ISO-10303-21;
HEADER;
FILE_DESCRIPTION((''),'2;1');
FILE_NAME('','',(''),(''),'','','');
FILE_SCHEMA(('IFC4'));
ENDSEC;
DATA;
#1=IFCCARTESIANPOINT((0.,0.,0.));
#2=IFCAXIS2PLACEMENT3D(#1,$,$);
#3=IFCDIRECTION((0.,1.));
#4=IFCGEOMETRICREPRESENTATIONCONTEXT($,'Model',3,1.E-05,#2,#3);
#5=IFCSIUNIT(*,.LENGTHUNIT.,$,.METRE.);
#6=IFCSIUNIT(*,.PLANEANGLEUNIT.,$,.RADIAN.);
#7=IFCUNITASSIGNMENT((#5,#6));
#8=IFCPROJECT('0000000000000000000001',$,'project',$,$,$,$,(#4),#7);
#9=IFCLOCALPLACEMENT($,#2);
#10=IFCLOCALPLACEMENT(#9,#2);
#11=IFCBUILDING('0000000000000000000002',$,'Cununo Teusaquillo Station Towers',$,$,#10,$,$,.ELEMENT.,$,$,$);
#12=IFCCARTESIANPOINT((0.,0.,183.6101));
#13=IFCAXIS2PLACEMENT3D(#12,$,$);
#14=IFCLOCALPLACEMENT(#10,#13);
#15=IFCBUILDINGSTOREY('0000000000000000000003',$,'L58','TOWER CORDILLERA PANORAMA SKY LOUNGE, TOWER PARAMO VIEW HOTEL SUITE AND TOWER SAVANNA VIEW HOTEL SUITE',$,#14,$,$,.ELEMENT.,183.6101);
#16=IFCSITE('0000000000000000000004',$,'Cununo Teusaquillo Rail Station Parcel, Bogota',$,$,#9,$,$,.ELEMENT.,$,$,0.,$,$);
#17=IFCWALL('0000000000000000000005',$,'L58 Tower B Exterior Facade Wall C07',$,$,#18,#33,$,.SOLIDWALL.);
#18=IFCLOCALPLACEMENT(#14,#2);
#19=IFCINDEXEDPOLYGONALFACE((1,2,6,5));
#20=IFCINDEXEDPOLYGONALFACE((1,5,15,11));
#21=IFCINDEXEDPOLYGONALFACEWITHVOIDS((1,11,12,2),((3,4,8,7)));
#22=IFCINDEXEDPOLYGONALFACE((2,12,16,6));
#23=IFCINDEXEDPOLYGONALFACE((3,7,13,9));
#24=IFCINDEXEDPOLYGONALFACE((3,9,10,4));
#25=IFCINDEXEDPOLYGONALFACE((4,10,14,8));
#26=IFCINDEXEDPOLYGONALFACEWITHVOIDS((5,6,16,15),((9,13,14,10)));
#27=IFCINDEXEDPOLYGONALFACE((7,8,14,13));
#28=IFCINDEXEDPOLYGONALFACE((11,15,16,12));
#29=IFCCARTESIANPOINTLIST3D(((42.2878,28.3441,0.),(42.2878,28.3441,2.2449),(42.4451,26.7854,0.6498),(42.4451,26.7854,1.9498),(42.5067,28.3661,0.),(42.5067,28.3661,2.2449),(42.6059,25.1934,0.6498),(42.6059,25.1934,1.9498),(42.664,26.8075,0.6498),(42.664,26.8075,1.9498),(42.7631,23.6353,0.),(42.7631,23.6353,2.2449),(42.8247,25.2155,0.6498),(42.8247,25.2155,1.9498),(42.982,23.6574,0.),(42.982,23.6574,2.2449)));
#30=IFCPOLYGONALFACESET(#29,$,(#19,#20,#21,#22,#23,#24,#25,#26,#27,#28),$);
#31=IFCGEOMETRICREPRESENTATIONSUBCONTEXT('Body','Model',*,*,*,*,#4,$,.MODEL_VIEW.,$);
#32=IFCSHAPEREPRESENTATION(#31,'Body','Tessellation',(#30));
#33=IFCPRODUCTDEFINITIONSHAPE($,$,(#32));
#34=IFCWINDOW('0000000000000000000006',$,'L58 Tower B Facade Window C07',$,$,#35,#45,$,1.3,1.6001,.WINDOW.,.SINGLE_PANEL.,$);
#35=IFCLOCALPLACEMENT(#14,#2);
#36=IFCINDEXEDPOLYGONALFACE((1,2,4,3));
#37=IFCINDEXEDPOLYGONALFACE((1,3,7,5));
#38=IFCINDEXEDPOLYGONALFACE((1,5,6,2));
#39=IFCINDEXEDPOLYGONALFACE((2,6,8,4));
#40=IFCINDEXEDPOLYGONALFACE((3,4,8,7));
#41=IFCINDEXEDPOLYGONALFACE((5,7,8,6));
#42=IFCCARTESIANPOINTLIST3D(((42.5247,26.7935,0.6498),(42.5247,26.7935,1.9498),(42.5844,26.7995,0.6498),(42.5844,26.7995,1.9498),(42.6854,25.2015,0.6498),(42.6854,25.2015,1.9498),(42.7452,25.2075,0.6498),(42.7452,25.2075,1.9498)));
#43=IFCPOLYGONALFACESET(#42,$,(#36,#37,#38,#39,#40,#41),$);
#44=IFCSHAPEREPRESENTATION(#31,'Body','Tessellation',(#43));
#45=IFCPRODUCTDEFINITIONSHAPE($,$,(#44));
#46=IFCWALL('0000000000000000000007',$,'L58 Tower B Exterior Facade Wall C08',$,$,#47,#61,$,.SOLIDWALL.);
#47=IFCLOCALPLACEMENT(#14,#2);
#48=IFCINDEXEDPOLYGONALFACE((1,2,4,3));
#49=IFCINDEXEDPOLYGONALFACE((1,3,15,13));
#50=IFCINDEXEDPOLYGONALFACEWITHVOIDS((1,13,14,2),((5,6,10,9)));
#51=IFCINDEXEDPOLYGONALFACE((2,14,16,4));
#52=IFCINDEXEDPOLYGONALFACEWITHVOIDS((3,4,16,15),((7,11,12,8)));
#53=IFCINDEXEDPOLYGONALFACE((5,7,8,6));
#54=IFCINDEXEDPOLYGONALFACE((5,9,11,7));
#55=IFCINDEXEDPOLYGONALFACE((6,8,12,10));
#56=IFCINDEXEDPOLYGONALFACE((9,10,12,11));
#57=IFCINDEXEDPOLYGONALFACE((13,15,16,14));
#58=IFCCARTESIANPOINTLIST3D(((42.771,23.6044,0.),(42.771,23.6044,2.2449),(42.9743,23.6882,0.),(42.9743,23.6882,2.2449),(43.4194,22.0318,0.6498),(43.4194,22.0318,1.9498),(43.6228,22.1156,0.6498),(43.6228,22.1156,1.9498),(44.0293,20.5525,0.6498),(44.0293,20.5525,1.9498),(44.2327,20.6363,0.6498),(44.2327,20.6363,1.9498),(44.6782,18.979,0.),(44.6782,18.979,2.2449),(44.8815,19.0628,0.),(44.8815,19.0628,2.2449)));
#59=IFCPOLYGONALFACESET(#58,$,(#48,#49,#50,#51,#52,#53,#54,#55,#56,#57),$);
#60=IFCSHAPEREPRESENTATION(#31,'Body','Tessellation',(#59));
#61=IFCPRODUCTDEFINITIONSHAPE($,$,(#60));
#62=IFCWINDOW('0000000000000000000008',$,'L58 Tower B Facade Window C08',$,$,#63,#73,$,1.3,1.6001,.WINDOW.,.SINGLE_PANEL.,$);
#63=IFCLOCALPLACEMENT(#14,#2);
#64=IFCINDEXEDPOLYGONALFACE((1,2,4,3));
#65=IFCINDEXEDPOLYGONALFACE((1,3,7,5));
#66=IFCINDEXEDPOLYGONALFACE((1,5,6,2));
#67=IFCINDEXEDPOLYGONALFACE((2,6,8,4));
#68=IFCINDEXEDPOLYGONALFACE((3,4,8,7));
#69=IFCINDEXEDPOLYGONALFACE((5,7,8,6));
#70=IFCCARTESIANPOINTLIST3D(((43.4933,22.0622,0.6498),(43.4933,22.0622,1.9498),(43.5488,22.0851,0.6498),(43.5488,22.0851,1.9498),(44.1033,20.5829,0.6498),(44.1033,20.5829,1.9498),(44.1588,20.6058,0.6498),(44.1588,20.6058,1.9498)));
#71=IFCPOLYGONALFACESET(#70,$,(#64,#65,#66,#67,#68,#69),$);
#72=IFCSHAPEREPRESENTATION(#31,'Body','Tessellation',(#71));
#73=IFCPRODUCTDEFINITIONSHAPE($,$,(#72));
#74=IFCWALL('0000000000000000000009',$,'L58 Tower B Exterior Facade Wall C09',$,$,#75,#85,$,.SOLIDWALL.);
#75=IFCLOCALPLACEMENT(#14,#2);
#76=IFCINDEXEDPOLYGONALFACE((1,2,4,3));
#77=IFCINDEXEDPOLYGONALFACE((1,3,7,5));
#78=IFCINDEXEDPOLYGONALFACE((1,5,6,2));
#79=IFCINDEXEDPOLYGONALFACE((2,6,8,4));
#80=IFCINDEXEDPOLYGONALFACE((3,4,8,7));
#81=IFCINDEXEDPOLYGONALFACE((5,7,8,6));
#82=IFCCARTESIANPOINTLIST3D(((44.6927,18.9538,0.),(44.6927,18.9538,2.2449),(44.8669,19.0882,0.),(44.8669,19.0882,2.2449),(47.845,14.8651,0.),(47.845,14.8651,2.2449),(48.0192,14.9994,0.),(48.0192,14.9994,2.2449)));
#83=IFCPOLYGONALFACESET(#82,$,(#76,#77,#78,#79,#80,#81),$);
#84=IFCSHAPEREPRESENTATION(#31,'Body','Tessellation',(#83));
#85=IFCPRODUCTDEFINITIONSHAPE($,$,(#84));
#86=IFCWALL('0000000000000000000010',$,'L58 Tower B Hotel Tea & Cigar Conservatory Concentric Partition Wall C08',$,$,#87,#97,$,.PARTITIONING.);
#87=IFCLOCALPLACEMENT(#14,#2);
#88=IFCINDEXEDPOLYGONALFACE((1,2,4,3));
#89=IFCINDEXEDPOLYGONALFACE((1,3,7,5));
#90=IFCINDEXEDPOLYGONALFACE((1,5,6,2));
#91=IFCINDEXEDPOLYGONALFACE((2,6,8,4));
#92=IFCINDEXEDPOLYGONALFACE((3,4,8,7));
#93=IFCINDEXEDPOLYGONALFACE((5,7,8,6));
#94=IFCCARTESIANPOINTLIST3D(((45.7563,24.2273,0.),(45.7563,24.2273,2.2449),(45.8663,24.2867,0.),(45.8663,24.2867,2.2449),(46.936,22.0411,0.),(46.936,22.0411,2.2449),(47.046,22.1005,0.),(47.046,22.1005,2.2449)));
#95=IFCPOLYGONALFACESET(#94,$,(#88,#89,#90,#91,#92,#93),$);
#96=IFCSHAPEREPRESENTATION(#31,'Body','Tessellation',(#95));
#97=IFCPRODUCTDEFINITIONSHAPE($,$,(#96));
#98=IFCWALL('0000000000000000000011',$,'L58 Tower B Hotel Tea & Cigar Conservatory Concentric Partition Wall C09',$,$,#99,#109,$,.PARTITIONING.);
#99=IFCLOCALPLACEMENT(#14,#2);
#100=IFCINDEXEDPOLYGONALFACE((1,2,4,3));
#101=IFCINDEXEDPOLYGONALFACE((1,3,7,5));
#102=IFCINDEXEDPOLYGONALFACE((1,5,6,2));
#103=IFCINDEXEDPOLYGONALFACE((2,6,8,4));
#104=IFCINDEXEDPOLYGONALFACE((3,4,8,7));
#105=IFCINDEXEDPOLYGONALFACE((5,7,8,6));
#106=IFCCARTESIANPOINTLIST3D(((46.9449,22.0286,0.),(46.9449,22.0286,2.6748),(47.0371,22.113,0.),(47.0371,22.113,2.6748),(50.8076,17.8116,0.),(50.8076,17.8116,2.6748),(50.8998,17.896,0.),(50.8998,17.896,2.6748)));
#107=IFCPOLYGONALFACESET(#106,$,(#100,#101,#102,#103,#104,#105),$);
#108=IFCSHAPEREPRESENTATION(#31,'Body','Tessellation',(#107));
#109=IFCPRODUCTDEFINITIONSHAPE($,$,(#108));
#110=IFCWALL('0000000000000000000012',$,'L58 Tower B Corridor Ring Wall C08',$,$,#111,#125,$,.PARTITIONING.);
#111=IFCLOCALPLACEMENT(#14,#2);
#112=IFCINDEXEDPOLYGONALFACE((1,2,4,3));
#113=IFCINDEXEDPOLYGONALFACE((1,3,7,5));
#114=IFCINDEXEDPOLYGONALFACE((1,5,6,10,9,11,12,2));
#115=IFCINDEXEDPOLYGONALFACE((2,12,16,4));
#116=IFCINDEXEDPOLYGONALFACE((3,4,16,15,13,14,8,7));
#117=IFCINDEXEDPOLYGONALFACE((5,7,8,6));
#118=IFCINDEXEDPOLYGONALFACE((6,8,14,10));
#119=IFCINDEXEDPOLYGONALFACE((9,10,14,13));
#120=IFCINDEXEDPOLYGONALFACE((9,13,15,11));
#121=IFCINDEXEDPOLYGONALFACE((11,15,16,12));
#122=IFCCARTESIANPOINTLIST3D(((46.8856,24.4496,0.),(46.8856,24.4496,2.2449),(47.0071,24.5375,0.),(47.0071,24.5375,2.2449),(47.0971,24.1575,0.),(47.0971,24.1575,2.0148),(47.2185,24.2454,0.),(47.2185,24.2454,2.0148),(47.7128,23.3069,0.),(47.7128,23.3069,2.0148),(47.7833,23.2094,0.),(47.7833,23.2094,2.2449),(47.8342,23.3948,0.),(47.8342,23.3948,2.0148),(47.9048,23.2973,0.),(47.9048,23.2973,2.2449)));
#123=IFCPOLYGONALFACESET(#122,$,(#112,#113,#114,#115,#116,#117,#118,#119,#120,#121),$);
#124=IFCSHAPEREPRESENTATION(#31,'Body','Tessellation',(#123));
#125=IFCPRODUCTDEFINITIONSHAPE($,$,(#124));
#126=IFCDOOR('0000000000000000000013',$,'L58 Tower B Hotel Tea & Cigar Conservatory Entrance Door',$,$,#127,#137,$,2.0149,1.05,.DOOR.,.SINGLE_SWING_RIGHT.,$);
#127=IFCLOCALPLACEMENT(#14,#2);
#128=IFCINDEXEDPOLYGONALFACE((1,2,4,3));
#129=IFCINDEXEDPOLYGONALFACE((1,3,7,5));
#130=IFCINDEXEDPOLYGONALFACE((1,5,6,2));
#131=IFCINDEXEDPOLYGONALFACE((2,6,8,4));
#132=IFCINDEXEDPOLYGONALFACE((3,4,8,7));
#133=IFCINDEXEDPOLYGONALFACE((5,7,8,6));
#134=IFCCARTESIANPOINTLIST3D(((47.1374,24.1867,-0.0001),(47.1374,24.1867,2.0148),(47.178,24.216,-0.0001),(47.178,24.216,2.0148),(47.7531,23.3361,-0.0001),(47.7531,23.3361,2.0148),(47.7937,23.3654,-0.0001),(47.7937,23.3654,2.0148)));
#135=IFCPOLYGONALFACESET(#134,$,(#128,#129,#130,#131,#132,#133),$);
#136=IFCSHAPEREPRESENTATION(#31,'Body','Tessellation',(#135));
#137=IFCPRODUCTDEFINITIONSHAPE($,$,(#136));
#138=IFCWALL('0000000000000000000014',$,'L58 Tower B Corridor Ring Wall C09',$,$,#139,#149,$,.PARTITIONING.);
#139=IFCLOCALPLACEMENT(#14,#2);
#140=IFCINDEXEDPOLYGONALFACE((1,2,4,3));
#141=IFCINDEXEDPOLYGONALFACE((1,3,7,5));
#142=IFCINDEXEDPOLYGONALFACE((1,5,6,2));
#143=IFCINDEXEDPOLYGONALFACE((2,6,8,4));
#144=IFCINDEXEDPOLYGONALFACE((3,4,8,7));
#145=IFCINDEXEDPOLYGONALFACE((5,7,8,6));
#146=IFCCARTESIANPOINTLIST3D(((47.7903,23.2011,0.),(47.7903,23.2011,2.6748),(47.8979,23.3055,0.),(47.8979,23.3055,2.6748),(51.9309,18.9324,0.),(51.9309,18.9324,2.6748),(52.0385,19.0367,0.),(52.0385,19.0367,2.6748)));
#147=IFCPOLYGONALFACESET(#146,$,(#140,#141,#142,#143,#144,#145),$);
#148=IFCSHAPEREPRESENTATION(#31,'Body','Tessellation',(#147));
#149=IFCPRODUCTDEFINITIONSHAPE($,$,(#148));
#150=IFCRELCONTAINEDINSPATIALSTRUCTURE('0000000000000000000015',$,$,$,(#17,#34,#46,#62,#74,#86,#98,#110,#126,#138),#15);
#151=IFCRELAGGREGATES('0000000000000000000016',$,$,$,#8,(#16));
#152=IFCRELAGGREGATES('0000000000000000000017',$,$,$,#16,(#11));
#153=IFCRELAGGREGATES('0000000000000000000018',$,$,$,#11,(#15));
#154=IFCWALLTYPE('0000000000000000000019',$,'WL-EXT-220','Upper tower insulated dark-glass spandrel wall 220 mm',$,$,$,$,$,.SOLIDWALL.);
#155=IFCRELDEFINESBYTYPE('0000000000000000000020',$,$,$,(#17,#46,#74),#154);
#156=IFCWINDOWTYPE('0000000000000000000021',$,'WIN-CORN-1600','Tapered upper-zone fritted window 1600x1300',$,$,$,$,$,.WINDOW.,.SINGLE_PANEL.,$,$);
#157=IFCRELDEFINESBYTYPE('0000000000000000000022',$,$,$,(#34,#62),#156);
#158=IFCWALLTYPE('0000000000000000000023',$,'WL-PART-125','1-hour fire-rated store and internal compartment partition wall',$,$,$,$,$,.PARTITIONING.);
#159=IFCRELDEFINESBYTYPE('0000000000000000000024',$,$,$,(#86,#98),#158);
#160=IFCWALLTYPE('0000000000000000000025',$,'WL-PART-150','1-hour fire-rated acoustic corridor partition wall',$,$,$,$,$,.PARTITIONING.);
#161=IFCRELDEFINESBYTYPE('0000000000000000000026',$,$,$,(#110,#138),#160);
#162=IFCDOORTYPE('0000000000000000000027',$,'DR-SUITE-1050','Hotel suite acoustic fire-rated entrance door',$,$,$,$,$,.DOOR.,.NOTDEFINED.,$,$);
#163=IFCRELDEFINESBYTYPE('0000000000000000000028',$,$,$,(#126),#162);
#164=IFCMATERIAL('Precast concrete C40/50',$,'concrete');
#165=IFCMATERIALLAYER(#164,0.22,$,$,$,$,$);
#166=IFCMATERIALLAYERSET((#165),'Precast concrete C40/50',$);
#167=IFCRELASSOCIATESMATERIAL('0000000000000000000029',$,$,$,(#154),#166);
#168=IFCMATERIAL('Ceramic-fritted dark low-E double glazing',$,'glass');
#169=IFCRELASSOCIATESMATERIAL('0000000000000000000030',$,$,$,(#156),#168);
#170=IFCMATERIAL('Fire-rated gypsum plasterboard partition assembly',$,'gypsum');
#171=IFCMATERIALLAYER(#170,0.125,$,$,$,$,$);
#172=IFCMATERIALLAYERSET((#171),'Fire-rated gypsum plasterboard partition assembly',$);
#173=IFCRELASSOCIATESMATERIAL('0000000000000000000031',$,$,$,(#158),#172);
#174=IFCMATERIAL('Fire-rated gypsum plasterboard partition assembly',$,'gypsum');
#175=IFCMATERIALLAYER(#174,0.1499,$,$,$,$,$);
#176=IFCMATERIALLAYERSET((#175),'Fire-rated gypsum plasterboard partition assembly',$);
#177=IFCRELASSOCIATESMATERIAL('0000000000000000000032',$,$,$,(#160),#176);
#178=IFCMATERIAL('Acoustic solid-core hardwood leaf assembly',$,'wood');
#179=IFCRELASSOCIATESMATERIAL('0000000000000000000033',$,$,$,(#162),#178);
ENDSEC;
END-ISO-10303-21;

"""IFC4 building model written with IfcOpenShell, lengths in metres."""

from ifc_helpers import new_model, si_unit, direction, frame, frame_2d, origin, place, context, subcontext, project, spatial, rectangle, extrude, source, transform, mapped, material, layer, layer_set, type_object, element, fill, save


model = new_model("IFC4")

# Units and contexts
model_context = context("Model", 3, precision=1e-05, world=origin(), true_north=direction((0.0, 1.0)))
body_context = subcontext(model_context, "Body", "Model", "MODEL_VIEW")
ifc_project = project(units=[si_unit("LENGTHUNIT", "METRE"), si_unit("PLANEANGLEUNIT", "RADIAN")], contexts=[model_context])

# Site, building, storey
site_placement = place(None, origin())
site = spatial("IfcSite", under=ifc_project, at=site_placement, Name="Cununo Teusaquillo Rail Station Parcel, Bogota", CompositionType="ELEMENT", RefElevation=0.0)
building_placement = place(site_placement, origin())
building = spatial("IfcBuilding", under=site, at=building_placement, Name="Cununo Teusaquillo Station Towers", CompositionType="ELEMENT")
storey_placement = place(building_placement, frame((0.0, 0.0, 183.6101)))
storey = spatial("IfcBuildingStorey", under=building, at=storey_placement, Name="L58", Description="TOWER CORDILLERA PANORAMA SKY LOUNGE, TOWER PARAMO VIEW HOTEL SUITE AND TOWER SAVANNA VIEW HOTEL SUITE", CompositionType="ELEMENT", Elevation=183.6101)

# Shared definitions
ifc_material_1 = material(Name="Precast concrete C40/50", Category="concrete")
ifc_layer_1 = layer(ifc_material_1, 0.22)
ifc_layer_set_1 = layer_set([ifc_layer_1], Name="Precast concrete C40/50")
wall_type_1 = type_object("IfcWallType", Name="WL-EXT-220", Description="Upper tower insulated dark-glass spandrel wall 220 mm", PredefinedType="SOLIDWALL", material=ifc_layer_set_1)

# Walls, openings, windows
shared_shape_1 = source(origin(), body_context, "Body", "SweptSolid", [
    extrude(rectangle(XDim=1.6001, YDim=1.3, at=frame_2d((0.8, 0.6499))), frame((0.0, 0.1199, 0.0), z_axis=(0.0, -1.0, 0.0), x_axis=(1.0, 0.0, 0.0)), (0.0, 0.0, 1.0), 0.24),
])
ifc_material_2 = material(Name="Ceramic-fritted dark low-E double glazing", Category="glass")
window_type = type_object("IfcWindowType", Name="WIN-CORN-1600", Description="Tapered upper-zone fritted window 1600x1300", PartitioningType="SINGLE_PANEL", PredefinedType="WINDOW", material=ifc_material_2)
shared_shape_2 = source(origin(), body_context, "Body", "SweptSolid", [
    extrude(rectangle(XDim=1.6001, YDim=1.3, at=frame_2d((0.8, 0.6499))), frame((0.0, 0.03, 0.0), z_axis=(0.0, -1.0, 0.0), x_axis=(1.0, 0.0, 0.0)), (0.0, 0.0, 1.0), 0.0601),
])
wall_1_placement = place(storey_placement, frame((42.8726, 23.6465, 0.0), z_axis=(0.0, 0.0, 1.0), x_axis=(-0.100438, 0.994943, 0.0)))
wall_1 = element("IfcWall", 1, at=wall_1_placement, inside=storey, type_object=wall_type_1, Name="L58 Tower B Exterior Facade Wall C07", PredefinedType="SOLIDWALL", context=body_context, shape_type="SweptSolid", body=[
    extrude(rectangle(XDim=4.7327, YDim=0.22, at=frame_2d((2.3662, 0.0))), origin(), (0.0, 0.0, 1.0), 2.2449),
])
opening_1_placement = place(wall_1_placement, frame((1.5659, 0.0, 0.6499)))
opening_1 = element("IfcOpeningElement", 2, at=opening_1_placement, cuts=wall_1, PredefinedType="OPENING", context=body_context, shape_type="MappedRepresentation", body=[
    mapped(shared_shape_1, transform((0.0, 0.0, 0.0), x_axis=(1.0, 0.0, 0.0), y_axis=(0.0, 1.0, 0.0), z_axis=(0.0, 0.0, 1.0), scale=1.0)),
])
window_1_placement = place(opening_1_placement, origin())
window_1 = element("IfcWindow", 3, at=window_1_placement, inside=storey, type_object=window_type, Name="L58 Tower B Facade Window C07", OverallHeight=1.3, OverallWidth=1.6001, PartitioningType="SINGLE_PANEL", PredefinedType="WINDOW", context=body_context, shape_type="MappedRepresentation", body=[
    mapped(shared_shape_2, transform((0.0, 0.0, 0.0), x_axis=(1.0, 0.0, 0.0), y_axis=(0.0, 1.0, 0.0), z_axis=(0.0, 0.0, 1.0), scale=1.0)),
])
fill(opening_1, window_1)
wall_2_placement = place(storey_placement, frame((44.7798, 19.021, 0.0), z_axis=(0.0, 0.0, 1.0), x_axis=(-0.381196, 0.924494, 0.0)))
wall_2 = element("IfcWall", 4, at=wall_2_placement, inside=storey, type_object=wall_type_1, Name="L58 Tower B Exterior Facade Wall C08", PredefinedType="SOLIDWALL", context=body_context, shape_type="SweptSolid", body=[
    extrude(rectangle(XDim=5.0032, YDim=0.22, at=frame_2d((2.5015, 0.0))), origin(), (0.0, 0.0, 1.0), 2.2449),
])
opening_2_placement = place(wall_2_placement, frame((1.7019, 0.0, 0.6499)))
opening_2 = element("IfcOpeningElement", 5, at=opening_2_placement, cuts=wall_2, PredefinedType="OPENING", context=body_context, shape_type="MappedRepresentation", body=[
    mapped(shared_shape_1, transform((0.0, 0.0, 0.0), x_axis=(1.0, 0.0, 0.0), y_axis=(0.0, 1.0, 0.0), z_axis=(0.0, 0.0, 1.0), scale=1.0)),
])
window_2_placement = place(opening_2_placement, origin())
window_2 = element("IfcWindow", 6, at=window_2_placement, inside=storey, type_object=window_type, Name="L58 Tower B Facade Window C08", OverallHeight=1.3, OverallWidth=1.6001, PartitioningType="SINGLE_PANEL", PredefinedType="WINDOW", context=body_context, shape_type="MappedRepresentation", body=[
    mapped(shared_shape_2, transform((0.0, 0.0, 0.0), x_axis=(1.0, 0.0, 0.0), y_axis=(0.0, 1.0, 0.0), z_axis=(0.0, 0.0, 1.0), scale=1.0)),
])
fill(opening_2, window_2)

# Walls
wall_3_placement = place(storey_placement, frame((47.9321, 14.9321, 0.0), z_axis=(0.0, 0.0, 1.0), x_axis=(-0.61057, 0.791963, 0.0)))
element("IfcWall", 7, at=wall_3_placement, inside=storey, type_object=wall_type_1, Name="L58 Tower B Exterior Facade Wall C09", PredefinedType="SOLIDWALL", context=body_context, shape_type="SweptSolid", body=[
    extrude(rectangle(XDim=5.1628, YDim=0.22, at=frame_2d((2.5815, 0.0))), origin(), (0.0, 0.0, 1.0), 2.2449),
])
ifc_material_3 = material(Name="Fire-rated gypsum plasterboard partition assembly", Category="gypsum")
ifc_layer_2 = layer(ifc_material_3, 0.125)
ifc_layer_set_2 = layer_set([ifc_layer_2], Name="Fire-rated gypsum plasterboard partition assembly")
wall_type_2 = type_object("IfcWallType", Name="WL-PART-125", Description="1-hour fire-rated store and internal compartment partition wall", PredefinedType="PARTITIONING", material=ifc_layer_set_2)
wall_4_placement = place(storey_placement, frame((45.8113, 24.2571, 0.0), z_axis=(0.0, 0.0, 1.0), x_axis=(0.474867, -0.880057, 0.0)))
element("IfcWall", 8, at=wall_4_placement, inside=storey, type_object=wall_type_2, Name="L58 Tower B Hotel Tea & Cigar Conservatory Concentric Partition Wall C08", PredefinedType="PARTITIONING", context=body_context, shape_type="SweptSolid", body=[
    extrude(rectangle(XDim=2.4841, YDim=0.125, at=frame_2d((1.2422, 0.0))), origin(), (0.0, 0.0, 1.0), 2.2449),
])
wall_5_placement = place(storey_placement, frame((46.991, 22.0708, 0.0), z_axis=(0.0, 0.0, 1.0), x_axis=(0.675456, -0.7374, 0.0)))
element("IfcWall", 9, at=wall_5_placement, inside=storey, type_object=wall_type_2, Name="L58 Tower B Hotel Tea & Cigar Conservatory Concentric Partition Wall C09", PredefinedType="PARTITIONING", context=body_context, shape_type="SweptSolid", body=[
    extrude(rectangle(XDim=5.7188, YDim=0.125, at=frame_2d((2.8594, 0.0))), origin(), (0.0, 0.0, 1.0), 2.6748),
])

# Wall, opening, door
ifc_material_4 = material(Name="Fire-rated gypsum plasterboard partition assembly", Category="gypsum")
ifc_layer_3 = layer(ifc_material_4, 0.1499)
ifc_layer_set_3 = layer_set([ifc_layer_3], Name="Fire-rated gypsum plasterboard partition assembly")
wall_type_3 = type_object("IfcWallType", Name="WL-PART-150", Description="1-hour fire-rated acoustic corridor partition wall", PredefinedType="PARTITIONING", material=ifc_layer_set_3)
wall_6_placement = place(storey_placement, frame((46.9463, 24.4937, 0.0), z_axis=(0.0, 0.0, 1.0), x_axis=(0.58634, -0.810065, 0.0)))
wall_6 = element("IfcWall", 10, at=wall_6_placement, inside=storey, type_object=wall_type_3, Name="L58 Tower B Corridor Ring Wall C08", PredefinedType="PARTITIONING", context=body_context, shape_type="SweptSolid", body=[
    extrude(rectangle(XDim=1.531, YDim=0.1499, at=frame_2d((0.7656, 0.0))), origin(), (0.0, 0.0, 1.0), 2.2449),
])
shared_shape_3 = source(origin(), body_context, "Body", "SweptSolid", [
    extrude(rectangle(XDim=1.05, YDim=2.0149, at=frame_2d((0.5249, 1.0073))), frame((0.0, 0.085, 0.0), z_axis=(0.0, -1.0, 0.0), x_axis=(1.0, 0.0, 0.0)), (0.0, 0.0, 1.0), 0.1699),
])
opening_3_placement = place(wall_6_placement, frame((0.3608, 0.0, 0.0)))
opening_3 = element("IfcOpeningElement", 11, at=opening_3_placement, cuts=wall_6, PredefinedType="OPENING", context=body_context, shape_type="MappedRepresentation", body=[
    mapped(shared_shape_3, transform((0.0, 0.0, 0.0), x_axis=(1.0, 0.0, 0.0), y_axis=(0.0, 1.0, 0.0), z_axis=(0.0, 0.0, 1.0), scale=1.0)),
])
ifc_material_5 = material(Name="Acoustic solid-core hardwood leaf assembly", Category="wood")
door_type_1 = type_object("IfcDoorType", Name="DR-SUITE-1050", Description="Hotel suite acoustic fire-rated entrance door", OperationType="NOTDEFINED", PredefinedType="DOOR", material=ifc_material_5)
shared_shape_4 = source(origin(), body_context, "Body", "SweptSolid", [
    extrude(rectangle(XDim=1.05, YDim=2.0149, at=frame_2d((0.5249, 1.0073))), frame((0.0, 0.0249, 0.0), z_axis=(0.0, -1.0, 0.0), x_axis=(1.0, 0.0, 0.0)), (0.0, 0.0, 1.0), 0.05),
])
door_1_placement = place(opening_3_placement, origin())
door_1 = element("IfcDoor", 12, at=door_1_placement, inside=storey, type_object=door_type_1, Name="L58 Tower B Hotel Tea & Cigar Conservatory Entrance Door", OperationType="SINGLE_SWING_RIGHT", OverallHeight=2.0149, OverallWidth=1.05, PredefinedType="DOOR", context=body_context, shape_type="MappedRepresentation", body=[
    mapped(shared_shape_4, transform((0.0, 0.0, 0.0), x_axis=(1.0, 0.0, 0.0), y_axis=(0.0, 1.0, 0.0), z_axis=(0.0, 0.0, 1.0), scale=1.0)),
])
fill(opening_3, door_1)

# Wall
wall_7_placement = place(storey_placement, frame((47.844, 23.2534, 0.0), z_axis=(0.0, 0.0, 1.0), x_axis=(0.696248, -0.717801, 0.0)))
element("IfcWall", 13, at=wall_7_placement, inside=storey, type_object=wall_type_3, Name="L58 Tower B Corridor Ring Wall C09", PredefinedType="PARTITIONING", context=body_context, shape_type="SweptSolid", body=[
    extrude(rectangle(XDim=5.947, YDim=0.1499, at=frame_2d((2.9736, 0.0))), origin(), (0.0, 0.0, 1.0), 2.6748),
])

save(model, "model.ifc")
